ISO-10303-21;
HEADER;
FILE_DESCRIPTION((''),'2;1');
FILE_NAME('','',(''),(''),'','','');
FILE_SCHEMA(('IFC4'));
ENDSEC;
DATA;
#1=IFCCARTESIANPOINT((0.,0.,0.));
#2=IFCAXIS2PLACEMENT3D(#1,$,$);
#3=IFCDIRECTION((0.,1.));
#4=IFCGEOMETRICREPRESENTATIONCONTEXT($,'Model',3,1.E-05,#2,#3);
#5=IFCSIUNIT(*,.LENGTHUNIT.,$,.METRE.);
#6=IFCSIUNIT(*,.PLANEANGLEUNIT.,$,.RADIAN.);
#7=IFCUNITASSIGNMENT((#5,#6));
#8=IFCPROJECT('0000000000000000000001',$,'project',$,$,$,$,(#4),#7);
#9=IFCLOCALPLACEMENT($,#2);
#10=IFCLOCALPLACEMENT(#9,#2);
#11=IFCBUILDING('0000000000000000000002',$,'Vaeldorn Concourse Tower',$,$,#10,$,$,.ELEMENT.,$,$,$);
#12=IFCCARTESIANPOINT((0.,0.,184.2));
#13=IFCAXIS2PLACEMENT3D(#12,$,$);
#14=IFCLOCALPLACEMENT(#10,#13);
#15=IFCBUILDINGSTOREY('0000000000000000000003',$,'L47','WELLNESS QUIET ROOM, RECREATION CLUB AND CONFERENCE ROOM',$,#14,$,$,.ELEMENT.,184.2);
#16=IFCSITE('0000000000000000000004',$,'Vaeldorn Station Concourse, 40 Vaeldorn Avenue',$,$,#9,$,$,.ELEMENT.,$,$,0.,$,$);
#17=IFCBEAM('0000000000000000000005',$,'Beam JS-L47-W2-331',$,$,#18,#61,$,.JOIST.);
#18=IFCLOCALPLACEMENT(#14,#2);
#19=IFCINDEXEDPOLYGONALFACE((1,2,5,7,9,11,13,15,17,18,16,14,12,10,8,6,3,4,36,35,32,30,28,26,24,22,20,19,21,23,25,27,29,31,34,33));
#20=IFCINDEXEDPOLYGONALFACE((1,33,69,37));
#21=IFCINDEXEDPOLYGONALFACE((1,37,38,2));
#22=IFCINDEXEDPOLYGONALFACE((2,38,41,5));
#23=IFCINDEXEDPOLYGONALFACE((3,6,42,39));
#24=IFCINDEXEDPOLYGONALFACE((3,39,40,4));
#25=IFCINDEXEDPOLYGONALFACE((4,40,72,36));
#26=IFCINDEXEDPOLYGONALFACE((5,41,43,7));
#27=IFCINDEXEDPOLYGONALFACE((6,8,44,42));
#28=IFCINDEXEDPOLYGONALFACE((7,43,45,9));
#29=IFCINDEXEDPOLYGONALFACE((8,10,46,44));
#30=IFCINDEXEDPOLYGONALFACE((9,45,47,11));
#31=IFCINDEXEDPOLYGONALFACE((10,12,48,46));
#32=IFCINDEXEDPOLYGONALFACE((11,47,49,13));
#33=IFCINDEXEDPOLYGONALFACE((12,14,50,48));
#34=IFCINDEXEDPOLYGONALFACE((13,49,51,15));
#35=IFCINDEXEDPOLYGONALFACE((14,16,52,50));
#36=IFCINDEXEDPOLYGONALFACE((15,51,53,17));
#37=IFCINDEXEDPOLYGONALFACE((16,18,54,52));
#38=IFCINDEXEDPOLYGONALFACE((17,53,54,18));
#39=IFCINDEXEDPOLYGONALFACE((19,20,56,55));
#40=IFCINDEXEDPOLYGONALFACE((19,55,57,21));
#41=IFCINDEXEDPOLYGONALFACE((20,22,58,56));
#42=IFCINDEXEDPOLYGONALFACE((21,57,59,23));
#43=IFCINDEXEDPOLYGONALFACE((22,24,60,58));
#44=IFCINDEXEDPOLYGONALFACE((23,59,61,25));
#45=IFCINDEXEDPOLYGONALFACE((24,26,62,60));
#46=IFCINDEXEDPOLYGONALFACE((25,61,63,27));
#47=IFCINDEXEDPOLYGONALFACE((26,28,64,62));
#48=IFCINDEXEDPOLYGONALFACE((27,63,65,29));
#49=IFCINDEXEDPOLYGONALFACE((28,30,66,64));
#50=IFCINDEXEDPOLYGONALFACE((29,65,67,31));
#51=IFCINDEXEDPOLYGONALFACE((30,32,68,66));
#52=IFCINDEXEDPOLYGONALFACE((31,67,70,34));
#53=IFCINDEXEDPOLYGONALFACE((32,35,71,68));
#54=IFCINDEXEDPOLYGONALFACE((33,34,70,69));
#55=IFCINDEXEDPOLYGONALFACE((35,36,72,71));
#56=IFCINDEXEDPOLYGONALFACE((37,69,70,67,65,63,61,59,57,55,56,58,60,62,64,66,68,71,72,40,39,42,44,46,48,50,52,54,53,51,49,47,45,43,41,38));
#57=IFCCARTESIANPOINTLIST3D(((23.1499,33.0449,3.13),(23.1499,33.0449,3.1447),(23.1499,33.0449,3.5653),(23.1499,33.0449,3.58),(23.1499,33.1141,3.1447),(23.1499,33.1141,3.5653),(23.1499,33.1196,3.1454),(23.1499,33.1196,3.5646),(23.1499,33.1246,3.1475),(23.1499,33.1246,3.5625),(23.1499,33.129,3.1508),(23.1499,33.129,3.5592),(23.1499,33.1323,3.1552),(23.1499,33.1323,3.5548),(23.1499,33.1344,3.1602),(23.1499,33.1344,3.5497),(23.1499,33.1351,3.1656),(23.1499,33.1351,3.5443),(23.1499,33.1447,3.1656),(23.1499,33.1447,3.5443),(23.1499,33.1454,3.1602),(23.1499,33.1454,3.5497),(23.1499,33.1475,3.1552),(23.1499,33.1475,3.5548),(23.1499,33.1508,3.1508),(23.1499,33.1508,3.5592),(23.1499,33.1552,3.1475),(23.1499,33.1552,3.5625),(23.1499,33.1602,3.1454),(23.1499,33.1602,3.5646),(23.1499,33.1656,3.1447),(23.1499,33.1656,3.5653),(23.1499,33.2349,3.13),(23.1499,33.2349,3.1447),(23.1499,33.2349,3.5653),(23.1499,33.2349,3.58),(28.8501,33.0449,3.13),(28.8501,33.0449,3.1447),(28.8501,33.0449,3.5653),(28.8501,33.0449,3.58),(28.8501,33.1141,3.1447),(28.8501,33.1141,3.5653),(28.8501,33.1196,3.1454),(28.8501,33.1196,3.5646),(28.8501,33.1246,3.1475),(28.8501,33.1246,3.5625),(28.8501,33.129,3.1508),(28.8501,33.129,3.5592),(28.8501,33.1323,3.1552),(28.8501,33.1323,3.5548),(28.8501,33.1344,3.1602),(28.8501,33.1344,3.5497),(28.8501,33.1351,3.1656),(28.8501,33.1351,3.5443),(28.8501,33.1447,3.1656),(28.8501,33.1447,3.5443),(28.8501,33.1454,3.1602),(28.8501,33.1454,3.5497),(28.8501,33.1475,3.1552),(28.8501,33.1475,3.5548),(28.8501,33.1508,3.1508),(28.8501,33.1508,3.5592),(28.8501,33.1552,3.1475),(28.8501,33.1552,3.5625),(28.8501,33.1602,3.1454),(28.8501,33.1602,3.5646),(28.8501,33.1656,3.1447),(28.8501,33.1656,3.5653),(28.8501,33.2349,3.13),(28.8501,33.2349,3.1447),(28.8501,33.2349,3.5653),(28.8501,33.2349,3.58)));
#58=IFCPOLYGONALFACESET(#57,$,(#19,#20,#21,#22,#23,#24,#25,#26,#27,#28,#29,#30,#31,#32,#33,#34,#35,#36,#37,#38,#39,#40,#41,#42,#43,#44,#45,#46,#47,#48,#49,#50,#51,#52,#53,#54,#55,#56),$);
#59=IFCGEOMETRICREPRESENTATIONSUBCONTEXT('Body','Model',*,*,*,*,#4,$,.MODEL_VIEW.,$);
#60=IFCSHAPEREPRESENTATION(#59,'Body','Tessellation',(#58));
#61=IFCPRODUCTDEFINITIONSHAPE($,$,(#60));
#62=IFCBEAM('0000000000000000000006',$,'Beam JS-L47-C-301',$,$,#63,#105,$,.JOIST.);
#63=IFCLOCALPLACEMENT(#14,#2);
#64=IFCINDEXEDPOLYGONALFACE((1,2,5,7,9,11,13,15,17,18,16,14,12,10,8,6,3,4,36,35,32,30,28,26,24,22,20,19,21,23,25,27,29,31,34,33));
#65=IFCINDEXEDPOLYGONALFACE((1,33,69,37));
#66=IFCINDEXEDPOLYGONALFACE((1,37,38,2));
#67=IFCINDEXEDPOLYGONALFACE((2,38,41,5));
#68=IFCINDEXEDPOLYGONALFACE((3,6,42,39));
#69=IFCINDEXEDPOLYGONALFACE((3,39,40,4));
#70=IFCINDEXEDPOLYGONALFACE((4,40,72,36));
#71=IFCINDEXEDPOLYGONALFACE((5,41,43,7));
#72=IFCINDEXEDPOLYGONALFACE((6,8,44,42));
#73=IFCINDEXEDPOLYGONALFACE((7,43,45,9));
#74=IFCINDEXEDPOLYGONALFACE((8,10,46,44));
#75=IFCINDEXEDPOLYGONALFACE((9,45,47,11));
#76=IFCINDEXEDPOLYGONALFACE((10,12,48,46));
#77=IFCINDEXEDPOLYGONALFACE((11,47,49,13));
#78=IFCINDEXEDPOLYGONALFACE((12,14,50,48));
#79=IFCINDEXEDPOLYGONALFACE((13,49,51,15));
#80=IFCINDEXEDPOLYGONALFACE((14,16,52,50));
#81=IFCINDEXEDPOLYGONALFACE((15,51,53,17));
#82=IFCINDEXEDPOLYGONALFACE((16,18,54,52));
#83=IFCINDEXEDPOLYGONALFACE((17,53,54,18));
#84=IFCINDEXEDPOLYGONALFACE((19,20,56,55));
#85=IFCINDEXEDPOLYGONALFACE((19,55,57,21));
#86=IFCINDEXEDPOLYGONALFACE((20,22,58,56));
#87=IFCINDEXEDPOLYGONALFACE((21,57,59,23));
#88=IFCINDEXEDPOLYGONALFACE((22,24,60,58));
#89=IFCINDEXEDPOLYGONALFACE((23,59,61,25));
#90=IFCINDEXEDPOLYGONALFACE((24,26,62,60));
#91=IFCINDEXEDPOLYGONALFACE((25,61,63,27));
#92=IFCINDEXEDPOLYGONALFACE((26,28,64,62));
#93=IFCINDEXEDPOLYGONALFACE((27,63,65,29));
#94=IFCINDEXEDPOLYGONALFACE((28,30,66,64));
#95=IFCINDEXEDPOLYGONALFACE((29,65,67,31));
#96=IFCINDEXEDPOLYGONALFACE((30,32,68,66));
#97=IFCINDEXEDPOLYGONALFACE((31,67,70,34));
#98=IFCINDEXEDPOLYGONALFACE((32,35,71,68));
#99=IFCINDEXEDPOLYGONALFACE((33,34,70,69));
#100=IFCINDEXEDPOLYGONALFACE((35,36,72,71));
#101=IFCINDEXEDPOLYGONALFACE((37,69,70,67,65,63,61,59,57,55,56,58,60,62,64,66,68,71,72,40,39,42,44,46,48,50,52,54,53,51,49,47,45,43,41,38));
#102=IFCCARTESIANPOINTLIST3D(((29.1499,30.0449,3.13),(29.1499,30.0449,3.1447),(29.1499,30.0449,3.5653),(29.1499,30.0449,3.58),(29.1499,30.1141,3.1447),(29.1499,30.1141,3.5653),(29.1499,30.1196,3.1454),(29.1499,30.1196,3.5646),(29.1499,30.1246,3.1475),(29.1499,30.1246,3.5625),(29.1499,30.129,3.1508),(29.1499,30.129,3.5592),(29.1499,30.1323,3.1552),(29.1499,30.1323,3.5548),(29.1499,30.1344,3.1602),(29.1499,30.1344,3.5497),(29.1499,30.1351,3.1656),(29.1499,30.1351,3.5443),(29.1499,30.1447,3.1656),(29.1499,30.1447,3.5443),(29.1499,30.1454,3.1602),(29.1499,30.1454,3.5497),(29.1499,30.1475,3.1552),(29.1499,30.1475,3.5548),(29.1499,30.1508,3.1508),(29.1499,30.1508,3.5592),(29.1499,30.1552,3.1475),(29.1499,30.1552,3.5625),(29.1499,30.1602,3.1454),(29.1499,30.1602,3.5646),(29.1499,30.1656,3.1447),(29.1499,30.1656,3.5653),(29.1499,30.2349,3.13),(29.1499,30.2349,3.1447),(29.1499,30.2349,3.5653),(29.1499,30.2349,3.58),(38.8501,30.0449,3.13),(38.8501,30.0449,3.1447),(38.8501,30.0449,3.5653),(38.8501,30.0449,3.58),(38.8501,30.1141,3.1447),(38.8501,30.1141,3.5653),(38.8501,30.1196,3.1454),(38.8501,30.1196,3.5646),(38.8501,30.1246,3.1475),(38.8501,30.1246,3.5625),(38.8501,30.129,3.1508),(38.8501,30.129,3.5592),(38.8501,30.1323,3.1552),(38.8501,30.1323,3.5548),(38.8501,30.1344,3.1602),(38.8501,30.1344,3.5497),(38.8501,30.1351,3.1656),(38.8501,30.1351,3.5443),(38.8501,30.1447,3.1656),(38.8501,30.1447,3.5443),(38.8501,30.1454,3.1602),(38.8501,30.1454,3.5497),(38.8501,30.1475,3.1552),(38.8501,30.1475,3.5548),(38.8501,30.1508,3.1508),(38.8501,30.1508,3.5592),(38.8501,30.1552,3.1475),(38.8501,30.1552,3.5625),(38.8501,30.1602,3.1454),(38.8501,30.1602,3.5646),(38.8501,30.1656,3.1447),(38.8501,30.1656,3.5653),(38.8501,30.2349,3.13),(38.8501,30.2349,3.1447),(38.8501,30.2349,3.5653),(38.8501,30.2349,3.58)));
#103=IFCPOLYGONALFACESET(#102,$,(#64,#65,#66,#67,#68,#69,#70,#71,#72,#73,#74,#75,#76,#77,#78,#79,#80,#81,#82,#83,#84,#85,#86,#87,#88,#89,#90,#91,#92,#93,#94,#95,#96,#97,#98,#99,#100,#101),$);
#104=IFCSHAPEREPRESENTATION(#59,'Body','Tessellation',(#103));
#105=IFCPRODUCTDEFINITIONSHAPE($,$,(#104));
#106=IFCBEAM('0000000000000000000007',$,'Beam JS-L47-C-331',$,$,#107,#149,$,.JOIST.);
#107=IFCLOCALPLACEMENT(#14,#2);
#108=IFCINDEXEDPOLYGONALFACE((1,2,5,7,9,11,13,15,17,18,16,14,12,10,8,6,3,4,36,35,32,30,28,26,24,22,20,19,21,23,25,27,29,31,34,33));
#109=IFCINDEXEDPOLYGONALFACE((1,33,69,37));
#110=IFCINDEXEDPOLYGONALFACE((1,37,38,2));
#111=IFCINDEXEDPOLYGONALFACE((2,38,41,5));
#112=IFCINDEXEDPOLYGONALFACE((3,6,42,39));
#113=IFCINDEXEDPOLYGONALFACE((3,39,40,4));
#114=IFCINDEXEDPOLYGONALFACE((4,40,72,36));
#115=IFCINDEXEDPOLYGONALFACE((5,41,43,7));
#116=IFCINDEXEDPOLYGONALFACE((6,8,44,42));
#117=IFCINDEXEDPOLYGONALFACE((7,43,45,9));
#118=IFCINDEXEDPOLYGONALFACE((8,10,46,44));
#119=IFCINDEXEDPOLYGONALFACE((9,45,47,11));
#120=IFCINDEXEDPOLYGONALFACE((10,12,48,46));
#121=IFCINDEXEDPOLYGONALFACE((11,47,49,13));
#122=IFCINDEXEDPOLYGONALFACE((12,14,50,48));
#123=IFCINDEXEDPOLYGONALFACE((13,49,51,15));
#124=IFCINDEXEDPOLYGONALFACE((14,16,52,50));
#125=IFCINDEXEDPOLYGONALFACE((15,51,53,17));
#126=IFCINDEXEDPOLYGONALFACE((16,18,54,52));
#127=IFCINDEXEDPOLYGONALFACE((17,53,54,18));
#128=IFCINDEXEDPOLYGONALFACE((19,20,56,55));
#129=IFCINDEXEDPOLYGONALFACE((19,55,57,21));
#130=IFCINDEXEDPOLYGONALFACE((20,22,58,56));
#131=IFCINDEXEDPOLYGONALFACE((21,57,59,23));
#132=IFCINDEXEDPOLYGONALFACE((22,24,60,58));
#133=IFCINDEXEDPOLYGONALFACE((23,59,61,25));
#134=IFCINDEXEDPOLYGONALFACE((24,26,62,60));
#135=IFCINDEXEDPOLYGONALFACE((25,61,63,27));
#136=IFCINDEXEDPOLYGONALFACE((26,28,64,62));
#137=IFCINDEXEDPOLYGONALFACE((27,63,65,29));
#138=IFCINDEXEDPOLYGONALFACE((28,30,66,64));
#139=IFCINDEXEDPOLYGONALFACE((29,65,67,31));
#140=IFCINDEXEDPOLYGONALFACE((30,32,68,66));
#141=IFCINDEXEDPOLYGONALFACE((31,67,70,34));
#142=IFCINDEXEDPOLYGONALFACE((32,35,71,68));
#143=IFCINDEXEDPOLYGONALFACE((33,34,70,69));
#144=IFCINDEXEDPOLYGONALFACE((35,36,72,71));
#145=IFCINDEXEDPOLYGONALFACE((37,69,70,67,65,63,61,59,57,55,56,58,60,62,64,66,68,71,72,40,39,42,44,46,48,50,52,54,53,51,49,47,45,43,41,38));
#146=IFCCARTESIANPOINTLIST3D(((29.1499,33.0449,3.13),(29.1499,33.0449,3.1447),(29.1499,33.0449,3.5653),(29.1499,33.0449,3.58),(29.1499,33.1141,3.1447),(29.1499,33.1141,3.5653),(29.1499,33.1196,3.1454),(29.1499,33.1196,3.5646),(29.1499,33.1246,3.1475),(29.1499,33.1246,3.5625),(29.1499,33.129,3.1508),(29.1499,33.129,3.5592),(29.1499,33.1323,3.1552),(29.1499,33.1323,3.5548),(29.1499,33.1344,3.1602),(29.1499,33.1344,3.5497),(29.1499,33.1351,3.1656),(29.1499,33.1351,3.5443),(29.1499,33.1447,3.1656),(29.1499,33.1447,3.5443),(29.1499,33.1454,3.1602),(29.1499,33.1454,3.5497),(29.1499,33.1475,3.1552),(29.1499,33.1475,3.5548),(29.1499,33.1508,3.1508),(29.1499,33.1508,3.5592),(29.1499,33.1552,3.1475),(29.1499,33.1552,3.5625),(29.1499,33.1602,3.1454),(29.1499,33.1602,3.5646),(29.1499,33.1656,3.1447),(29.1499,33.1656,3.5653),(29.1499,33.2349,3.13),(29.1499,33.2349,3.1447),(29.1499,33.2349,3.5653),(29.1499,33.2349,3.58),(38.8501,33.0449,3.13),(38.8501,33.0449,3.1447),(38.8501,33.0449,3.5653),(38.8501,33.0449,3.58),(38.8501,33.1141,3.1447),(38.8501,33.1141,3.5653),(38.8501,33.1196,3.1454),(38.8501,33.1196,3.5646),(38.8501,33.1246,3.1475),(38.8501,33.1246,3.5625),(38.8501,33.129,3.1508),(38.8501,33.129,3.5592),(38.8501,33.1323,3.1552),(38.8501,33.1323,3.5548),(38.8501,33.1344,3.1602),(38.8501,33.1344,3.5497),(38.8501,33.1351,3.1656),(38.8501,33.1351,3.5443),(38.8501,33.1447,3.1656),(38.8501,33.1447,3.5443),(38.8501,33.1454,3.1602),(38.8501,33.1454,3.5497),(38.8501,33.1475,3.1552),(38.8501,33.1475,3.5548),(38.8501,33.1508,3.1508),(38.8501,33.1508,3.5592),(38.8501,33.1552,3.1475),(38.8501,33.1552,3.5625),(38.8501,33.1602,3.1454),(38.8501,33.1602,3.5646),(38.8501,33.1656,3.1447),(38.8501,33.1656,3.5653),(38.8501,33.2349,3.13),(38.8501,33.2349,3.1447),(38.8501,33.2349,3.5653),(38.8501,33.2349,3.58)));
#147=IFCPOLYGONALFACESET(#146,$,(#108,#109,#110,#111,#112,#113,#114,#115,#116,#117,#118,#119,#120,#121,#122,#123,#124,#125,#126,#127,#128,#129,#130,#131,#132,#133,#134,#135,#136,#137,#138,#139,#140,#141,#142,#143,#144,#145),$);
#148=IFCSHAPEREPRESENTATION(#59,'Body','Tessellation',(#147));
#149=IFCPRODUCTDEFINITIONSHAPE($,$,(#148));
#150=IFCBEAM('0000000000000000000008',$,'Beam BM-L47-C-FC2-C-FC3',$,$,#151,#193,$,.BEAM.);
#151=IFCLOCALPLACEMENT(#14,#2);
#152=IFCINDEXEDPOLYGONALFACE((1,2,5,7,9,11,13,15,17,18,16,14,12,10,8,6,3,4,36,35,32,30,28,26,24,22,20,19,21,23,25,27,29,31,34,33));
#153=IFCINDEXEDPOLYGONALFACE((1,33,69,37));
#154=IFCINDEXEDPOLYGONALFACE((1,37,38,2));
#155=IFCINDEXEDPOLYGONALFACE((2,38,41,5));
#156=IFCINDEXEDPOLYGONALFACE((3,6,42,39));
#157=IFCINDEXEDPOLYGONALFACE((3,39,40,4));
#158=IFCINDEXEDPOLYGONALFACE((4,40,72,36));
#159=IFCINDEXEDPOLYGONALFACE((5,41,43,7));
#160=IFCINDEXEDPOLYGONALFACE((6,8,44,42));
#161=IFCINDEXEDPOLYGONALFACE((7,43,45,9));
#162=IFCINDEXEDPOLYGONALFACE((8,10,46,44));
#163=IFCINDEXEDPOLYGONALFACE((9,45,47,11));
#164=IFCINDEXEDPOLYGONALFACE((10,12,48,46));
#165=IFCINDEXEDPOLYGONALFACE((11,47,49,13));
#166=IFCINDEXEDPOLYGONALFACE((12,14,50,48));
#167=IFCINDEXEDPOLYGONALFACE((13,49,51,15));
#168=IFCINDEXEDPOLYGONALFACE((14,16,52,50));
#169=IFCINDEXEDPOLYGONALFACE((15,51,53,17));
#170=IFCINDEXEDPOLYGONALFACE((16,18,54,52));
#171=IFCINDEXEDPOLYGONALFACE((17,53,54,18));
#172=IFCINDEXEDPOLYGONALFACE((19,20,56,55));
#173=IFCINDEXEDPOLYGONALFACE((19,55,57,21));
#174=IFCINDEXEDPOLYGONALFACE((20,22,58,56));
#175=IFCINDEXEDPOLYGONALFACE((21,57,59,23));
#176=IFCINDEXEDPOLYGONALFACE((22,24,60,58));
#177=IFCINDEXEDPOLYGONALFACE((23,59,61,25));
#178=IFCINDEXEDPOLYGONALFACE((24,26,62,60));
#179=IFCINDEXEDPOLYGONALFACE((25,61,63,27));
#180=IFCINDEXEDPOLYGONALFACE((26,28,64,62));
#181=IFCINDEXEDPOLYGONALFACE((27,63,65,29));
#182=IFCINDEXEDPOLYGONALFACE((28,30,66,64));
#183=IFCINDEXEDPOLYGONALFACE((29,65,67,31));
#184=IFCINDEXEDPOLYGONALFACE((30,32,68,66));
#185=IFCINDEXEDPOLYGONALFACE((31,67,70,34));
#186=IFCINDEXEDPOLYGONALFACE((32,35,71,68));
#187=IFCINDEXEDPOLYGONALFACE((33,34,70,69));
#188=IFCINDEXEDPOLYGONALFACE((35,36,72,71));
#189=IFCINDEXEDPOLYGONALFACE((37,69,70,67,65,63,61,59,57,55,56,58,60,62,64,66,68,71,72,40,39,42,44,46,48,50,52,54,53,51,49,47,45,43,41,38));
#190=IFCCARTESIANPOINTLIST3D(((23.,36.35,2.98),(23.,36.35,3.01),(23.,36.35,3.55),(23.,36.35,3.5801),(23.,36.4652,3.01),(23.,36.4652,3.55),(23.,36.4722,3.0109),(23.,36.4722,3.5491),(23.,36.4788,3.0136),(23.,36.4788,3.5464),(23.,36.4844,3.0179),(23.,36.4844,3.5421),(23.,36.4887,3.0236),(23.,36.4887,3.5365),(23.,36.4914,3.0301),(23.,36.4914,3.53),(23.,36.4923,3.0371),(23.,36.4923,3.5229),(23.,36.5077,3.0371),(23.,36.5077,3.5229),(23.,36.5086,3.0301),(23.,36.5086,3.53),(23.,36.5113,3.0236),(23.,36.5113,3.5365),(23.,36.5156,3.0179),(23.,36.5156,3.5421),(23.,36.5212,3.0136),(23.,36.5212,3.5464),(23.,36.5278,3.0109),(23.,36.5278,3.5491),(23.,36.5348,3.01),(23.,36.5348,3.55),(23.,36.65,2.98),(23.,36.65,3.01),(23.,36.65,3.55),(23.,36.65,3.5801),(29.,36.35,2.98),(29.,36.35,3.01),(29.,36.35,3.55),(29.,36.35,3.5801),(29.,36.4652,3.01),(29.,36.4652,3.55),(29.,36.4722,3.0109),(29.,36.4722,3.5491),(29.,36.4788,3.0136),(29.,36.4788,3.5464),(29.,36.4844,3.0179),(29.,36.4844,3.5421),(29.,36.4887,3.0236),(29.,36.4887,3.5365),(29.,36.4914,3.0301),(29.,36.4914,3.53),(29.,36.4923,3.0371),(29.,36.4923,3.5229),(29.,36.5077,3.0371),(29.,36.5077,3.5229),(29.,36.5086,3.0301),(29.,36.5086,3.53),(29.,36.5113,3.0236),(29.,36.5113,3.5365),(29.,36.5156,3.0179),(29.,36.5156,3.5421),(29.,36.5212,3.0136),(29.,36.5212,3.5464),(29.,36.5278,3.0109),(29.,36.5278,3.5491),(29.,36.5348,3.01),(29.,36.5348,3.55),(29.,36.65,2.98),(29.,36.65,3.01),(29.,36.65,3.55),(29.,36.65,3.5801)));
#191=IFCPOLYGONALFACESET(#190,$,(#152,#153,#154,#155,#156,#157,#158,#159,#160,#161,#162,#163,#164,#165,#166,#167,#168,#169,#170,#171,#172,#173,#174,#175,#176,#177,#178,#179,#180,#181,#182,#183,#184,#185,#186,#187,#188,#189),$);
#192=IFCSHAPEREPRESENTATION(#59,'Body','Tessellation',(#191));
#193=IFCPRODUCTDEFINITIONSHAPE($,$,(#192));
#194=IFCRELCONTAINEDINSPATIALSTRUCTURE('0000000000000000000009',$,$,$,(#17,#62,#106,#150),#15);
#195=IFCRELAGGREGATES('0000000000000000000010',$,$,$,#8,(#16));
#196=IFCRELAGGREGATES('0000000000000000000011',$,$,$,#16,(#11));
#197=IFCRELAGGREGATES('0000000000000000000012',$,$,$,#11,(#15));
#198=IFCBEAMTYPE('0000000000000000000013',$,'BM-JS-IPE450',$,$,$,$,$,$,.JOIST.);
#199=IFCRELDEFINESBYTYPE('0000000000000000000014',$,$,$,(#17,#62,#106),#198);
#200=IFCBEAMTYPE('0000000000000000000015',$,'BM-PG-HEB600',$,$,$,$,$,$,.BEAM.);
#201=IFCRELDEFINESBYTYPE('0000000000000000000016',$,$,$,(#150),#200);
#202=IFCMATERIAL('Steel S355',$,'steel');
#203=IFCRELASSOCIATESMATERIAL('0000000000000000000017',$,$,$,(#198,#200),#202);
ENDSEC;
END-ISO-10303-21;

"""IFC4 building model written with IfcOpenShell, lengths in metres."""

from ifc_helpers import new_model, si_unit, direction, frame, origin, origin_2d, place, context, subcontext, project, spatial, i_section, extrude, source, transform, mapped, material, material_profile, profile_set, type_object, element, save


model = new_model("IFC4")

# Units and contexts
model_context = context("Model", 3, precision=1e-05, world=origin(), true_north=direction((0.0, 1.0)))
body_context = subcontext(model_context, "Body", "Model", "MODEL_VIEW")
ifc_project = project(units=[si_unit("LENGTHUNIT", "METRE"), si_unit("PLANEANGLEUNIT", "RADIAN")], contexts=[model_context])

# Site, building, storey
site_placement = place(None, origin())
site = spatial("IfcSite", under=ifc_project, at=site_placement, Name="Vaeldorn Station Concourse, 40 Vaeldorn Avenue", CompositionType="ELEMENT", RefElevation=0.0)
building_placement = place(site_placement, origin())
building = spatial("IfcBuilding", under=site, at=building_placement, Name="Vaeldorn Concourse Tower", CompositionType="ELEMENT")
storey_placement = place(building_placement, frame((0.0, 0.0, 184.2)))
storey = spatial("IfcBuildingStorey", under=building, at=storey_placement, Name="L47", Description="WELLNESS QUIET ROOM, RECREATION CLUB AND CONFERENCE ROOM", CompositionType="ELEMENT", Elevation=184.2)

# Shared definitions
ifc_material_1 = material(Name="Steel S355", Category="steel")

# Beams
ifc_material_profile_1 = material_profile(ifc_material_1, i_section(OverallWidth=0.1899, OverallDepth=0.45, WebThickness=0.0095, FlangeThickness=0.0146, FilletRadius=0.021, at=origin_2d()), Name="IPE 450")
ifc_profile_set_1 = profile_set([ifc_material_profile_1], Name="Steel S355")
beam_type_1 = type_object("IfcBeamType", Name="BM-JS-IPE450", PredefinedType="JOIST", material=ifc_profile_set_1)
shared_shape_1 = source(origin(), body_context, "Body", "SweptSolid", [
    extrude(i_section(OverallWidth=0.1899, OverallDepth=0.45, WebThickness=0.0095, FlangeThickness=0.0146, FilletRadius=0.021, at=origin_2d()), origin(), (0.0, 0.0, 1.0), 5.7002),
])
for number, where, z_axis, x_axis, name in (
    (1, (23.1499, 33.1399, 3.355), (1.0, 0.0, 0.0), (0.0, 1.0, 0.0), "Beam JS-L47-W2-331"),
):
    element("IfcBeam", number, at=place(storey_placement, frame(where, z_axis=z_axis, x_axis=x_axis)), inside=storey, type_object=beam_type_1, Name=name, PredefinedType="JOIST", context=body_context, shape_type="MappedRepresentation", body=[
        mapped(shared_shape_1, transform((0.0, 0.0, 0.0), scale=1.0)),
    ])
shared_shape_2 = source(origin(), body_context, "Body", "SweptSolid", [
    extrude(i_section(OverallWidth=0.1899, OverallDepth=0.45, WebThickness=0.0095, FlangeThickness=0.0146, FilletRadius=0.021, at=origin_2d()), origin(), (0.0, 0.0, 1.0), 9.7002),
])
for number, where, z_axis, x_axis, name in (
    (2, (29.1499, 30.1399, 3.355), (1.0, 0.0, 0.0), (0.0, 1.0, 0.0), "Beam JS-L47-C-301"),
    (3, (29.1499, 33.1399, 3.355), (1.0, 0.0, 0.0), (0.0, 1.0, 0.0), "Beam JS-L47-C-331"),
):
    element("IfcBeam", number, at=place(storey_placement, frame(where, z_axis=z_axis, x_axis=x_axis)), inside=storey, type_object=beam_type_1, Name=name, PredefinedType="JOIST", context=body_context, shape_type="MappedRepresentation", body=[
        mapped(shared_shape_2, transform((0.0, 0.0, 0.0), scale=1.0)),
    ])
ifc_material_profile_2 = material_profile(ifc_material_1, i_section(OverallWidth=0.3, OverallDepth=0.6001, WebThickness=0.0154, FlangeThickness=0.03, FilletRadius=0.0271, at=origin_2d()), Name="HEB 600")
ifc_profile_set_2 = profile_set([ifc_material_profile_2], Name="Steel S355")
beam_type_2 = type_object("IfcBeamType", Name="BM-PG-HEB600", PredefinedType="BEAM", material=ifc_profile_set_2)
shared_shape_3 = source(origin(), body_context, "Body", "SweptSolid", [
    extrude(i_section(OverallWidth=0.3, OverallDepth=0.6001, WebThickness=0.0154, FlangeThickness=0.03, FilletRadius=0.0271, at=origin_2d()), origin(), (0.0, 0.0, 1.0), 6.0),
])
beam_1_placement = place(storey_placement, frame((23.0, 36.5, 3.28), z_axis=(1.0, 0.0, 0.0), x_axis=(0.0, 1.0, 0.0)))
element("IfcBeam", 4, at=beam_1_placement, inside=storey, type_object=beam_type_2, Name="Beam BM-L47-C-FC2-C-FC3", PredefinedType="BEAM", context=body_context, shape_type="MappedRepresentation", body=[
    mapped(shared_shape_3, transform((0.0, 0.0, 0.0), scale=1.0)),
])

save(model, "model.ifc")
